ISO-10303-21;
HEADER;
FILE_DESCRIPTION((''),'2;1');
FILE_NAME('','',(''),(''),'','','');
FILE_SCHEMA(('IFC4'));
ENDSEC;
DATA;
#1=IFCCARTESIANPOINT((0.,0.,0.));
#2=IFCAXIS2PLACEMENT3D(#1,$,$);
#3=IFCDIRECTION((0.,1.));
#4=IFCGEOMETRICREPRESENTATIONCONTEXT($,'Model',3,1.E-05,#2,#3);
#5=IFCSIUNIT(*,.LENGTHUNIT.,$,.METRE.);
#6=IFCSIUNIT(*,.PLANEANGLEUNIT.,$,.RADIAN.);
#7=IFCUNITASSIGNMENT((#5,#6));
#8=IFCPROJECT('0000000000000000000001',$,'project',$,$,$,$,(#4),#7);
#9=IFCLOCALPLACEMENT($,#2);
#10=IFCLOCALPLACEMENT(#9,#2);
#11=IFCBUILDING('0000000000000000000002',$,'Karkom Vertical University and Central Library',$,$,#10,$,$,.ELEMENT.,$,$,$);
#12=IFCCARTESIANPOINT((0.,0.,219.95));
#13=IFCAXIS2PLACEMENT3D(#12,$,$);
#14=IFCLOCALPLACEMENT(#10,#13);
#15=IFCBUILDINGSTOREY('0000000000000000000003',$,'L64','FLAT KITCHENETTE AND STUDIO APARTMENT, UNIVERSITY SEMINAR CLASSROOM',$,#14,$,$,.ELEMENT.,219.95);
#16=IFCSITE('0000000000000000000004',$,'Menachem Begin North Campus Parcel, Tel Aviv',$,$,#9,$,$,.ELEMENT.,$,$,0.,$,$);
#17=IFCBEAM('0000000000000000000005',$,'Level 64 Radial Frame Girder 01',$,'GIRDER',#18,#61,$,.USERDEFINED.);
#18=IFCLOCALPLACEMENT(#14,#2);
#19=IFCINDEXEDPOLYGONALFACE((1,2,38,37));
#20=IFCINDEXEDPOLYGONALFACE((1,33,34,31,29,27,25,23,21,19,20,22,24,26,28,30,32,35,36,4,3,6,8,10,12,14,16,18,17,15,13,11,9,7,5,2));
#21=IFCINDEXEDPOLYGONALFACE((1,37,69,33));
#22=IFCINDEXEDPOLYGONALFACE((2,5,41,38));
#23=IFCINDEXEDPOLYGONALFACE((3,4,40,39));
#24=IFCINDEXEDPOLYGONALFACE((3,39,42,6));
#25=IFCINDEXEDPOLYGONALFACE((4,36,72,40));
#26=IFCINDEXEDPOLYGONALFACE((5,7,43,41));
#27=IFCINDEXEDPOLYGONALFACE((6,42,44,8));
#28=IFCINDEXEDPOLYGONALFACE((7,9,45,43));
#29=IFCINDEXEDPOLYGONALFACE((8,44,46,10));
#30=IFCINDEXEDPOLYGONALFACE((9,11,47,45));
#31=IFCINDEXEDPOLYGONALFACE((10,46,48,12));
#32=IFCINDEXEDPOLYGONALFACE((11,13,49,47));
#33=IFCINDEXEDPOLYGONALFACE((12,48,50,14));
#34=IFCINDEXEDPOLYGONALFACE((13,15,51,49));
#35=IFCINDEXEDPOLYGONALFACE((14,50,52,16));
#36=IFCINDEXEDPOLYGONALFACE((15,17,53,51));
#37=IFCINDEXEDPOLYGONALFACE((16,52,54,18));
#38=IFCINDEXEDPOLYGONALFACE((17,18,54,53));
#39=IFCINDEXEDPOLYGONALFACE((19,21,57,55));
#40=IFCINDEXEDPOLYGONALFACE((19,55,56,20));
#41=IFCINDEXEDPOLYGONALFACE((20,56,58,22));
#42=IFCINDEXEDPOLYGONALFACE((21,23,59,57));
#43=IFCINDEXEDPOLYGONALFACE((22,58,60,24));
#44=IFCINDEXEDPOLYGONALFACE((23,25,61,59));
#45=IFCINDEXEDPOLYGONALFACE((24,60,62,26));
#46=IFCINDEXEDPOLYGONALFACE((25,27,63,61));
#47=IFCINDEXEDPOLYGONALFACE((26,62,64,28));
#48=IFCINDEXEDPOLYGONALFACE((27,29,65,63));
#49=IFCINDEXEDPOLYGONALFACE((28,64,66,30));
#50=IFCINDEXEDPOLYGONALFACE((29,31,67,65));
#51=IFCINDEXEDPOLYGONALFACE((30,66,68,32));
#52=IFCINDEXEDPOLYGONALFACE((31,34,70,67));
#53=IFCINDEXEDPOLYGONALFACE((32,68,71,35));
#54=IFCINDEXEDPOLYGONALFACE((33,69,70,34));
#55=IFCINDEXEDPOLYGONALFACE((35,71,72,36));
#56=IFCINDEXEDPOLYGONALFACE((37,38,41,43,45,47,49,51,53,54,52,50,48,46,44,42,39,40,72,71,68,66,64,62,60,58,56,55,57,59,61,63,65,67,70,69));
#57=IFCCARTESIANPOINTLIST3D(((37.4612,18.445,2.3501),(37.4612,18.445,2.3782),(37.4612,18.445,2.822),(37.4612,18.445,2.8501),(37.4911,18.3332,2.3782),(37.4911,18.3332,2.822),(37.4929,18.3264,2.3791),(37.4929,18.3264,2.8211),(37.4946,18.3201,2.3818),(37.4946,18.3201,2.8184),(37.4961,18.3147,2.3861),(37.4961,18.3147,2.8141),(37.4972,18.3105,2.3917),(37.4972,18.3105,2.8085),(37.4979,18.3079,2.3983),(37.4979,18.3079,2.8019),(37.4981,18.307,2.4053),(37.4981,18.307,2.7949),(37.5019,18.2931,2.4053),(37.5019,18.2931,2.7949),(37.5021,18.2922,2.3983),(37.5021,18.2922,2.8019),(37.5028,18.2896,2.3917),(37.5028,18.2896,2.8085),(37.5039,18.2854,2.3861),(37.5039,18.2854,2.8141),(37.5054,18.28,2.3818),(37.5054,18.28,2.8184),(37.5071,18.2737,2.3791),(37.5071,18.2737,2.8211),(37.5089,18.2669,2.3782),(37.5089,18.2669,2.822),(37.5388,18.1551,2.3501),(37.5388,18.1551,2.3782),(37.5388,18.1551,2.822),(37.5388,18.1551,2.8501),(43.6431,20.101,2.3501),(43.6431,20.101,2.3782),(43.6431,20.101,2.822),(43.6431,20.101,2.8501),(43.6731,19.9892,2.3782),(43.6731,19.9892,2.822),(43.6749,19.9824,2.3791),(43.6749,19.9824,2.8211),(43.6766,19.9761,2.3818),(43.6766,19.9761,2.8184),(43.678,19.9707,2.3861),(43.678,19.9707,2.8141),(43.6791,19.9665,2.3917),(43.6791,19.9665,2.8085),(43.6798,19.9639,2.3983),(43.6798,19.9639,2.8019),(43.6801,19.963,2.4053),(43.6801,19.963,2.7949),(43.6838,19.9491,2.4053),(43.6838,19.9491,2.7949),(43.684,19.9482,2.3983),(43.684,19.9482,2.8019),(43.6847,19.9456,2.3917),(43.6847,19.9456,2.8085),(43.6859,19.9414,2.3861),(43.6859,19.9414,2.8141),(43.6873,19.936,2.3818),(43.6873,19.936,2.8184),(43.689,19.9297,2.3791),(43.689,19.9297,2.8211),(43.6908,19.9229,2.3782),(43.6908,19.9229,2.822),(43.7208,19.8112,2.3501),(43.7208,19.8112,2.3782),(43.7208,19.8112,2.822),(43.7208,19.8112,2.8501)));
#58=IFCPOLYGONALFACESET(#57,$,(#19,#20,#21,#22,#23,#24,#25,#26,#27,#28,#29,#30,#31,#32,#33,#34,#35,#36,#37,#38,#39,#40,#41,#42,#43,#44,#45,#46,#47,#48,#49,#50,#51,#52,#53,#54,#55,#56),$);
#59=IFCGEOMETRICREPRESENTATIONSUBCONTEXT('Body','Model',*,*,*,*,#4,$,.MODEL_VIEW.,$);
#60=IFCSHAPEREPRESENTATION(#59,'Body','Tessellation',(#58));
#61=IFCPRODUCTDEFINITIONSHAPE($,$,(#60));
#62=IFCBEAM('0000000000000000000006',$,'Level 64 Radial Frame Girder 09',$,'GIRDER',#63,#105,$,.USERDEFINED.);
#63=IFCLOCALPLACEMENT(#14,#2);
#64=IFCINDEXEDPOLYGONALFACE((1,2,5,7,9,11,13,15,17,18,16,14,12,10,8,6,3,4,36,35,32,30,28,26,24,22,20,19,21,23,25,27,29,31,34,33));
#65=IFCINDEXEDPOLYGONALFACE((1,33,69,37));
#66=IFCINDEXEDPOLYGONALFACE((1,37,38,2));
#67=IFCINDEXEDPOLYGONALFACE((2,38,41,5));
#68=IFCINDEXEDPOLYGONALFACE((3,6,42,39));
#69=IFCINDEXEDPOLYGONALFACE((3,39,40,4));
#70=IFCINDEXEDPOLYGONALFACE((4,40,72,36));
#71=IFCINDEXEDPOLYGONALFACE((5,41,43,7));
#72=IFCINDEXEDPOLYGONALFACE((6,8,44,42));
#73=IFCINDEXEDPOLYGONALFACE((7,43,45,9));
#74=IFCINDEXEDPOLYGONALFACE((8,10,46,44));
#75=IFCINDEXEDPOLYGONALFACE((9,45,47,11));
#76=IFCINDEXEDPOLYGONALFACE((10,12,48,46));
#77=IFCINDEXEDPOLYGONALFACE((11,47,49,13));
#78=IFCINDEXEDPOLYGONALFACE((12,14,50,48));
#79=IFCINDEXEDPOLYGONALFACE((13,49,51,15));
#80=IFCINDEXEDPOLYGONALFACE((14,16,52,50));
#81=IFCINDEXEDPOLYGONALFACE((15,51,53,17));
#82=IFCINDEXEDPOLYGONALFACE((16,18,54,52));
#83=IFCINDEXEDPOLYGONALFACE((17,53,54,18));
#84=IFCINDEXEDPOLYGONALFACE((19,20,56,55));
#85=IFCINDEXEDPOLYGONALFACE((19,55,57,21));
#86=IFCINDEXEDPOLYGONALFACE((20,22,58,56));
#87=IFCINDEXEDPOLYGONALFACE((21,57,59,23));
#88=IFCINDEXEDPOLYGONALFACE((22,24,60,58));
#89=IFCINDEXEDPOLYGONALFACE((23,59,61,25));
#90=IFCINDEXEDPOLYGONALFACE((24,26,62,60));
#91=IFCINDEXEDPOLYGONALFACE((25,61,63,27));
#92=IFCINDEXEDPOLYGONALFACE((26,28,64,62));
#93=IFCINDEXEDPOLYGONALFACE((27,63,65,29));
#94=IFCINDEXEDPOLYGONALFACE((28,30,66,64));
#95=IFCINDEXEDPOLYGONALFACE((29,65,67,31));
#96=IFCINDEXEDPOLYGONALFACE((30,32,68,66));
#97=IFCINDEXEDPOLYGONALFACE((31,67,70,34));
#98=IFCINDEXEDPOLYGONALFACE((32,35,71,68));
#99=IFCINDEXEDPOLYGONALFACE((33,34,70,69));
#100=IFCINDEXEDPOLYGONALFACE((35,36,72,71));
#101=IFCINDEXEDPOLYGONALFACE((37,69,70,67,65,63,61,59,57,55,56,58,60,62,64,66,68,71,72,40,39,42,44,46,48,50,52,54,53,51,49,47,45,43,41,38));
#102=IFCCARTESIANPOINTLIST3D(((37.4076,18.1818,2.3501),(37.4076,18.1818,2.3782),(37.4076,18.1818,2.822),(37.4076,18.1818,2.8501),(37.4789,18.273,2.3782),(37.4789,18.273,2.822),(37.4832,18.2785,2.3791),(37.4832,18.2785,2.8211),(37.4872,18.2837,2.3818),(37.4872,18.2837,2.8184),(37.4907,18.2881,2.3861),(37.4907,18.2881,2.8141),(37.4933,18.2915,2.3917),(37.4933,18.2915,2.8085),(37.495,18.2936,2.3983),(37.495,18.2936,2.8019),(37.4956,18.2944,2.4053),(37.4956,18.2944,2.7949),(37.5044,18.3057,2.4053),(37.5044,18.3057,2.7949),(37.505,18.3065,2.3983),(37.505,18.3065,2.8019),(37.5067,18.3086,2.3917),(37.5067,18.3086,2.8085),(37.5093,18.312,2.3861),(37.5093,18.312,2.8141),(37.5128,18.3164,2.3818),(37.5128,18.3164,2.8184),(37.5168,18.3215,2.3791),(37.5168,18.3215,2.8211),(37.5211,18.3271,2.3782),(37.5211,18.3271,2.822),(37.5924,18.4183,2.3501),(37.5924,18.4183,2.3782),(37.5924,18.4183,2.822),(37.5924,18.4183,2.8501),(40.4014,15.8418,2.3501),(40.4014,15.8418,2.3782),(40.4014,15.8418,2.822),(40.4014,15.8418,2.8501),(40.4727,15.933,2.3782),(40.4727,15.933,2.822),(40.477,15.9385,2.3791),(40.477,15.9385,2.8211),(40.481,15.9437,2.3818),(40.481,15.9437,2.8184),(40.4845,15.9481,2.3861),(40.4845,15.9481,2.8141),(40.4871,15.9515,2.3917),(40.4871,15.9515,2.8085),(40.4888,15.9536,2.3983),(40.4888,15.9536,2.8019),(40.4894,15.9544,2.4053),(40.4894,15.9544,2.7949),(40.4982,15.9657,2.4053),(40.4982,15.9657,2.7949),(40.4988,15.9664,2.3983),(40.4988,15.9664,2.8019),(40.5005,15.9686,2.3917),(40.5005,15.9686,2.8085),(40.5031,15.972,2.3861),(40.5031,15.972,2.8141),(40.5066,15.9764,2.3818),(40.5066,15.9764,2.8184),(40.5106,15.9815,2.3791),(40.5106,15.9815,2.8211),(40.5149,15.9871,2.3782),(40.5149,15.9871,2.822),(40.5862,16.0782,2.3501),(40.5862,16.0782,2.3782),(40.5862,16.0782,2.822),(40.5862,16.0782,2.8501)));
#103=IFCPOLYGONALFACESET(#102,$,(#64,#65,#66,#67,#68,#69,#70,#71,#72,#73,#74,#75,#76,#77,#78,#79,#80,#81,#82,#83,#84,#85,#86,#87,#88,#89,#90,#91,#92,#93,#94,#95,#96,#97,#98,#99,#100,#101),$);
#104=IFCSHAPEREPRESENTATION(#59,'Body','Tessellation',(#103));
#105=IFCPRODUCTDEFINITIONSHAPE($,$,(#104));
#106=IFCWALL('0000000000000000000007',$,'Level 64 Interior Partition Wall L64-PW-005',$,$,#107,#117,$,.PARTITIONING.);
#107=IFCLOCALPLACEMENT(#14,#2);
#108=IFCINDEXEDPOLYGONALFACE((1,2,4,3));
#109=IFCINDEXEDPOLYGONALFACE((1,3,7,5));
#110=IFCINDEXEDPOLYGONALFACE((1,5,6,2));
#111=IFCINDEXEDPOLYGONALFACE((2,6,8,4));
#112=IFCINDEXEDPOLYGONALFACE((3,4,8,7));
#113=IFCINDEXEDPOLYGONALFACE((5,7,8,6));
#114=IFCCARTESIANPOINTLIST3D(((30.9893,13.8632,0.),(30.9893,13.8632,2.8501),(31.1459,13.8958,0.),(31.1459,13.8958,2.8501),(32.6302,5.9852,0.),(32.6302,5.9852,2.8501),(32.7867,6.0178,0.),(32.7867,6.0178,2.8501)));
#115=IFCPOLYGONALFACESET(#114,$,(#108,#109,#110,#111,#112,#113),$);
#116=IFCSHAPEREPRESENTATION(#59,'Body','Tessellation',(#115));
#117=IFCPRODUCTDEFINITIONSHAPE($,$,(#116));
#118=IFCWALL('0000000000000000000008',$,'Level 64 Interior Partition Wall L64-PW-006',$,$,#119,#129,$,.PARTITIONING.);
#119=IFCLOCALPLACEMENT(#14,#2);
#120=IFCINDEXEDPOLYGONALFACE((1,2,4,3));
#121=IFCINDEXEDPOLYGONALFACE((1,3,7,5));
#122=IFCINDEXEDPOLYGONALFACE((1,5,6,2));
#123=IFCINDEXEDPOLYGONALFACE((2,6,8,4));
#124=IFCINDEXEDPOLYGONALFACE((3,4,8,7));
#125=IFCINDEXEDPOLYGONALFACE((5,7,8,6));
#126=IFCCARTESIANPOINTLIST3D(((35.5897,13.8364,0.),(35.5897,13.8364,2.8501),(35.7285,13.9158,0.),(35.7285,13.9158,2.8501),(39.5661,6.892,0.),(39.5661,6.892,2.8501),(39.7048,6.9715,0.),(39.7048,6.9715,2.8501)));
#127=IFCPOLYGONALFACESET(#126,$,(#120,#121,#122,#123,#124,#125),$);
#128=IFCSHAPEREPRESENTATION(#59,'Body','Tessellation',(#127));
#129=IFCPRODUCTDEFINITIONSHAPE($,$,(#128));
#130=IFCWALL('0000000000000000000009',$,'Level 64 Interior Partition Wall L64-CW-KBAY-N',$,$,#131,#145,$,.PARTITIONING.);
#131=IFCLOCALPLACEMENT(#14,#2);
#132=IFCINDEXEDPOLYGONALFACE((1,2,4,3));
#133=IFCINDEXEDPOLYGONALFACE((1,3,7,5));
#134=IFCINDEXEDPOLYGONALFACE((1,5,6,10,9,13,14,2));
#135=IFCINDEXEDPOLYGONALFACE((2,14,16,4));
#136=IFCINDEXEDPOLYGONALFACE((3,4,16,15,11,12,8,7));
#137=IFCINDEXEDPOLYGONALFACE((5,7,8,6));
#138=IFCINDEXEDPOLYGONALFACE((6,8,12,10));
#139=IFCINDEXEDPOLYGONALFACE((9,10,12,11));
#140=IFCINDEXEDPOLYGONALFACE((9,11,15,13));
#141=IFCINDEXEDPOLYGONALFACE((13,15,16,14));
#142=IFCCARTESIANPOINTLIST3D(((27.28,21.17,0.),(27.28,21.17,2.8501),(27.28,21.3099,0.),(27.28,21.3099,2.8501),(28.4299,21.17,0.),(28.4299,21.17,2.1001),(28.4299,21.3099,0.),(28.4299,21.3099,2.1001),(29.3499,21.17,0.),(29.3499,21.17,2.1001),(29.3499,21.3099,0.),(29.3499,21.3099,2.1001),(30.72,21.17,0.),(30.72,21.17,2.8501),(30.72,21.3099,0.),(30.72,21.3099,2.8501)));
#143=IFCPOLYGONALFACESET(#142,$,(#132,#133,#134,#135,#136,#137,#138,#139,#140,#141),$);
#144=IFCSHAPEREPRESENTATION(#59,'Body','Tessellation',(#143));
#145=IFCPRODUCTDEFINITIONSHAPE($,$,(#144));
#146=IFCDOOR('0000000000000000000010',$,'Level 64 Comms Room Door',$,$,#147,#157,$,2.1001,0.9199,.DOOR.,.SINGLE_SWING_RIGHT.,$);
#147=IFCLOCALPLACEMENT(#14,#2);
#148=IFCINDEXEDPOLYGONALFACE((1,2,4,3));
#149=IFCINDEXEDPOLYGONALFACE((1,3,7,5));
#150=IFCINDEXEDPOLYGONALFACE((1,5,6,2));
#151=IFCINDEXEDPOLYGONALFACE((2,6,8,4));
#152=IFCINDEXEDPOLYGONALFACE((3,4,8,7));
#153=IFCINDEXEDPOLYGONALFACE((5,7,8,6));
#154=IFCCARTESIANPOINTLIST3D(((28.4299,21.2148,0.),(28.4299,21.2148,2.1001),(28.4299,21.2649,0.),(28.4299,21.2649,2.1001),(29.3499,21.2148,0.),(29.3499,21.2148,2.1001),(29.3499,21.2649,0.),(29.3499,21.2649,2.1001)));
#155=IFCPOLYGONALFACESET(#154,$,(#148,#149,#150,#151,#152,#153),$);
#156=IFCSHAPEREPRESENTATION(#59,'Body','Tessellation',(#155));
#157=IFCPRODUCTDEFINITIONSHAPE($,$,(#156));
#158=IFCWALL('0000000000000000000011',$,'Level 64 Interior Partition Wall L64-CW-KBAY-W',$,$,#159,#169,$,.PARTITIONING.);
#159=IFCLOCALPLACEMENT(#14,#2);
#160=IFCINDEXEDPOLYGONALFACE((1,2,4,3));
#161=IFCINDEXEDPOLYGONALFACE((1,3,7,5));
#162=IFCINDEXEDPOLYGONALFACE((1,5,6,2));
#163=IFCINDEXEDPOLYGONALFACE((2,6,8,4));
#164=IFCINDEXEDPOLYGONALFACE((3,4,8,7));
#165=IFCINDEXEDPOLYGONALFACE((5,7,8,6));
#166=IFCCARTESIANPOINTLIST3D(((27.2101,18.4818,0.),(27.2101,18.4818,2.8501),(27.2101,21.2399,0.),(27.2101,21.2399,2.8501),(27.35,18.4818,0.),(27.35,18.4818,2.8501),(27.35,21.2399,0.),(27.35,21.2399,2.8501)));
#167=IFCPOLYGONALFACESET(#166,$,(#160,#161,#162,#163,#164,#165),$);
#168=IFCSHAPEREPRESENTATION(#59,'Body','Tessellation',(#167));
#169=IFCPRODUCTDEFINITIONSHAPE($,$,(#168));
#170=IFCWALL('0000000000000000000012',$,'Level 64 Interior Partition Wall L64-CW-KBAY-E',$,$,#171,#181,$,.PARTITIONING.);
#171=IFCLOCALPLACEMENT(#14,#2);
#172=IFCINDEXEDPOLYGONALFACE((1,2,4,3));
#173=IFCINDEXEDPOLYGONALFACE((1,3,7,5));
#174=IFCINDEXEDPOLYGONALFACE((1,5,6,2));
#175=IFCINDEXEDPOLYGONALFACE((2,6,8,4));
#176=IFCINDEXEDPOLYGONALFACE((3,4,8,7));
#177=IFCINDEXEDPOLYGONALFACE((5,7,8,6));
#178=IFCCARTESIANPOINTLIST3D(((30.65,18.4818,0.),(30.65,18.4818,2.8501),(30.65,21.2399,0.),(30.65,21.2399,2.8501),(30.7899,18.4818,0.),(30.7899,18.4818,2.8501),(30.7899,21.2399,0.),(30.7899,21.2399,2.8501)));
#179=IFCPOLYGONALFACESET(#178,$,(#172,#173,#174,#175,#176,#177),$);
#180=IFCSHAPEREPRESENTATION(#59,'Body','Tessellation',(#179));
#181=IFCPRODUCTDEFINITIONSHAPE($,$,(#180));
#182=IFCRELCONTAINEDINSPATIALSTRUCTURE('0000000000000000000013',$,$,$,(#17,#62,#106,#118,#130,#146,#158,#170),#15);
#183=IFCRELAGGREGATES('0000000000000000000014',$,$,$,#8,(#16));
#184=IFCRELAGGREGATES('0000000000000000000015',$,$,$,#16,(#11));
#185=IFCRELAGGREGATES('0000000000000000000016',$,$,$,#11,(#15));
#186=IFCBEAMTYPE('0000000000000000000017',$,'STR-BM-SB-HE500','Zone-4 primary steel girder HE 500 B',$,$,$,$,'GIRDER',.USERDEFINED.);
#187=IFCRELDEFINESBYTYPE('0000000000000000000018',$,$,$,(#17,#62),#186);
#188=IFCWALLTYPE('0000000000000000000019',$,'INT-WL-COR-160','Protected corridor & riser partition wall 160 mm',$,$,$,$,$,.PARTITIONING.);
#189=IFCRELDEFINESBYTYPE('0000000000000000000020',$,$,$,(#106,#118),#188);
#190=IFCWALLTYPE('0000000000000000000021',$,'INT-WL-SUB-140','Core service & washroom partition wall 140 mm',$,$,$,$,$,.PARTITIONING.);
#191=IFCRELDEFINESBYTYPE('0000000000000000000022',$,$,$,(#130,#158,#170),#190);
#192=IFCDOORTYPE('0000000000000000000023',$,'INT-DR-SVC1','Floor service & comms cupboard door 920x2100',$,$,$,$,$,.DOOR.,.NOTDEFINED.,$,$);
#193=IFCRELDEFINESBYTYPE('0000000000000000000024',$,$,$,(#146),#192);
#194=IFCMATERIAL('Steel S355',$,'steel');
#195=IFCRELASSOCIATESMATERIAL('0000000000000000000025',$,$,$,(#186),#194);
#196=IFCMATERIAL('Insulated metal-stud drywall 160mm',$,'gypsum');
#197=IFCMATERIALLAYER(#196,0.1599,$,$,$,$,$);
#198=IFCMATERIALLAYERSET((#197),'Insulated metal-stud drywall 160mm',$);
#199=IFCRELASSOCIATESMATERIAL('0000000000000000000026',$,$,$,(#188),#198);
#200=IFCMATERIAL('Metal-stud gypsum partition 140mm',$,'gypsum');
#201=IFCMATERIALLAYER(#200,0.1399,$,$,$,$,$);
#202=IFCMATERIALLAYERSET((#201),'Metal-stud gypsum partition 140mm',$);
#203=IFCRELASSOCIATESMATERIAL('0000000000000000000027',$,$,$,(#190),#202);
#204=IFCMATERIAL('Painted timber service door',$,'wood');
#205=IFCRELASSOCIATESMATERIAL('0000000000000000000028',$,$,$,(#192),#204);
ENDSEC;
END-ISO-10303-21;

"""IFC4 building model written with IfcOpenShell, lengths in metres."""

from ifc_helpers import new_model, si_unit, direction, frame, frame_2d, origin, origin_with_axes, origin_2d, place, context, subcontext, project, spatial, rectangle, i_section, extrude, source, transform, mapped, material, layer, layer_set, material_profile, profile_set, type_object, element, fill, save


model = new_model("IFC4")

# Units and contexts
model_context = context("Model", 3, precision=1e-05, world=origin(), true_north=direction((0.0, 1.0)))
body_context = subcontext(model_context, "Body", "Model", "MODEL_VIEW")
ifc_project = project(units=[si_unit("LENGTHUNIT", "METRE"), si_unit("PLANEANGLEUNIT", "RADIAN")], contexts=[model_context])

# Site, building, storey
site_placement = place(None, origin())
site = spatial("IfcSite", under=ifc_project, at=site_placement, Name="Menachem Begin North Campus Parcel, Tel Aviv", CompositionType="ELEMENT", RefElevation=0.0)
building_placement = place(site_placement, origin())
building = spatial("IfcBuilding", under=site, at=building_placement, Name="Karkom Vertical University and Central Library", CompositionType="ELEMENT")
storey_placement = place(building_placement, frame((0.0, 0.0, 219.95)))
storey = spatial("IfcBuildingStorey", under=building, at=storey_placement, Name="L64", Description="FLAT KITCHENETTE AND STUDIO APARTMENT, UNIVERSITY SEMINAR CLASSROOM", CompositionType="ELEMENT", Elevation=219.95)

# Beams
ifc_material_1 = material(Name="Steel S355", Category="steel")
ifc_material_profile_1 = material_profile(ifc_material_1, i_section(OverallWidth=0.3, OverallDepth=0.5, WebThickness=0.0144, FlangeThickness=0.0281, FilletRadius=0.0271, at=origin_2d()), Name="HE 500 B")
ifc_profile_set_1 = profile_set([ifc_material_profile_1], Name="Steel S355")
beam_type_1 = type_object("IfcBeamType", Name="STR-BM-SB-HE500", Description="Zone-4 primary steel girder HE 500 B", ElementType="GIRDER", PredefinedType="USERDEFINED", material=ifc_profile_set_1)
shared_shape_1 = source(origin_with_axes(), body_context, "Body", "SweptSolid", [
    extrude(i_section(OverallWidth=0.3, OverallDepth=0.5, WebThickness=0.0144, FlangeThickness=0.0281, FilletRadius=0.0271, at=origin_2d()), origin(), (0.0, 0.0, 1.0), 6.3999),
])
beam_1_placement = place(storey_placement, frame((37.5, 18.3, 2.6001), z_axis=(0.965942, 0.258757, 0.0), x_axis=(-0.258757, 0.965942, 0.0)))
element("IfcBeam", 1, at=beam_1_placement, inside=storey, type_object=beam_type_1, Name="Level 64 Radial Frame Girder 01", ObjectType="GIRDER", PredefinedType="USERDEFINED", context=body_context, shape_type="MappedRepresentation", body=[
    mapped(shared_shape_1, transform((0.0, 0.0, 0.0), scale=1.0)),
])
shared_shape_2 = source(origin_with_axes(), body_context, "Body", "SweptSolid", [
    extrude(i_section(OverallWidth=0.3, OverallDepth=0.5, WebThickness=0.0144, FlangeThickness=0.0281, FilletRadius=0.0271, at=origin_2d()), origin(), (0.0, 0.0, 1.0), 3.7998),
])
beam_2_placement = place(storey_placement, frame((37.5, 18.3, 2.6001), z_axis=(0.787883, -0.615825, 0.0), x_axis=(0.615825, 0.787883, 0.0)))
element("IfcBeam", 2, at=beam_2_placement, inside=storey, type_object=beam_type_1, Name="Level 64 Radial Frame Girder 09", ObjectType="GIRDER", PredefinedType="USERDEFINED", context=body_context, shape_type="MappedRepresentation", body=[
    mapped(shared_shape_2, transform((0.0, 0.0, 0.0), scale=1.0)),
])

# Walls
ifc_material_2 = material(Name="Insulated metal-stud drywall 160mm", Category="gypsum")
ifc_layer_1 = layer(ifc_material_2, 0.1599)
ifc_layer_set_1 = layer_set([ifc_layer_1], Name="Insulated metal-stud drywall 160mm")
wall_type_1 = type_object("IfcWallType", Name="INT-WL-COR-160", Description="Protected corridor & riser partition wall 160 mm", PredefinedType="PARTITIONING", material=ifc_layer_set_1)
wall_1_placement = place(storey_placement, frame((31.0676, 13.8794, 0.0), z_axis=(0.0, 0.0, 1.0), x_axis=(0.203905, -0.978991, 0.0)))
element("IfcWall", 3, at=wall_1_placement, inside=storey, type_object=wall_type_1, Name="Level 64 Interior Partition Wall L64-PW-005", PredefinedType="PARTITIONING", context=body_context, shape_type="SweptSolid", body=[
    extrude(rectangle(XDim=8.0471, YDim=0.1599, at=frame_2d((4.0234, 0.0))), origin(), (0.0, 0.0, 1.0), 2.8501),
])
wall_2_placement = place(storey_placement, frame((35.6592, 13.876, 0.0), z_axis=(0.0, 0.0, 1.0), x_axis=(0.496904, -0.867805, 0.0)))
element("IfcWall", 4, at=wall_2_placement, inside=storey, type_object=wall_type_1, Name="Level 64 Interior Partition Wall L64-PW-006", PredefinedType="PARTITIONING", context=body_context, shape_type="SweptSolid", body=[
    extrude(rectangle(XDim=8.0022, YDim=0.1599, at=frame_2d((4.001, 0.0))), origin(), (0.0, 0.0, 1.0), 2.8501),
])

# Wall, opening, door
ifc_material_3 = material(Name="Metal-stud gypsum partition 140mm", Category="gypsum")
ifc_layer_2 = layer(ifc_material_3, 0.1399)
ifc_layer_set_2 = layer_set([ifc_layer_2], Name="Metal-stud gypsum partition 140mm")
wall_type_2 = type_object("IfcWallType", Name="INT-WL-SUB-140", Description="Core service & washroom partition wall 140 mm", PredefinedType="PARTITIONING", material=ifc_layer_set_2)
wall_3_placement = place(storey_placement, frame((27.28, 21.24, 0.0), z_axis=(0.0, 0.0, 1.0), x_axis=(1.0, 0.0, 0.0)))
wall_3 = element("IfcWall", 5, at=wall_3_placement, inside=storey, type_object=wall_type_2, Name="Level 64 Interior Partition Wall L64-CW-KBAY-N", PredefinedType="PARTITIONING", context=body_context, shape_type="SweptSolid", body=[
    extrude(rectangle(XDim=3.4399, YDim=0.1399, at=frame_2d((1.72, 0.0))), origin(), (0.0, 0.0, 1.0), 2.8501),
])
opening_1_placement = place(wall_3_placement, frame((1.1499, 0.0, 0.0)))
opening_1 = element("IfcOpeningElement", 6, at=opening_1_placement, cuts=wall_3, PredefinedType="OPENING", context=body_context, shape_type="SweptSolid", body=[
    extrude(rectangle(XDim=0.9199, YDim=2.1001, at=frame_2d((0.46, 1.05))), frame((0.0, 0.0801, 0.0), z_axis=(0.0, -1.0, 0.0), x_axis=(1.0, 0.0, 0.0)), (0.0, 0.0, 1.0), 0.1599),
])
ifc_material_4 = material(Name="Painted timber service door", Category="wood")
door_type_1 = type_object("IfcDoorType", Name="INT-DR-SVC1", Description="Floor service & comms cupboard door 920x2100", OperationType="NOTDEFINED", PredefinedType="DOOR", material=ifc_material_4)
shared_shape_3 = source(origin_with_axes(), body_context, "Body", "SweptSolid", [
    extrude(rectangle(XDim=0.9199, YDim=2.1001, at=frame_2d((0.46, 1.05))), frame((0.0, 0.0249, 0.0), z_axis=(0.0, -1.0, 0.0), x_axis=(1.0, 0.0, 0.0)), (0.0, 0.0, 1.0), 0.05),
])
door_1_placement = place(opening_1_placement, origin())
door_1 = element("IfcDoor", 7, at=door_1_placement, inside=storey, type_object=door_type_1, Name="Level 64 Comms Room Door", OperationType="SINGLE_SWING_RIGHT", OverallHeight=2.1001, OverallWidth=0.9199, PredefinedType="DOOR", context=body_context, shape_type="MappedRepresentation", body=[
    mapped(shared_shape_3, transform((0.0, 0.0, 0.0), scale=1.0)),
])
fill(opening_1, door_1)

# Walls
for number, where, z_axis, x_axis, name in (
    (8, (27.28, 18.4819, 0.0), (0.0, 0.0, 1.0), (0.0, 1.0, 0.0), "Level 64 Interior Partition Wall L64-CW-KBAY-W"),
    (9, (30.72, 18.4819, 0.0), (0.0, 0.0, 1.0), (0.0, 1.0, 0.0), "Level 64 Interior Partition Wall L64-CW-KBAY-E"),
):
    element("IfcWall", number, at=place(storey_placement, frame(where, z_axis=z_axis, x_axis=x_axis)), inside=storey, type_object=wall_type_2, Name=name, PredefinedType="PARTITIONING", context=body_context, shape_type="SweptSolid", body=[
        extrude(rectangle(XDim=2.7581, YDim=0.1399, at=frame_2d((1.3789, 0.0))), origin(), (0.0, 0.0, 1.0), 2.8501),
    ])

save(model, "model.ifc")
